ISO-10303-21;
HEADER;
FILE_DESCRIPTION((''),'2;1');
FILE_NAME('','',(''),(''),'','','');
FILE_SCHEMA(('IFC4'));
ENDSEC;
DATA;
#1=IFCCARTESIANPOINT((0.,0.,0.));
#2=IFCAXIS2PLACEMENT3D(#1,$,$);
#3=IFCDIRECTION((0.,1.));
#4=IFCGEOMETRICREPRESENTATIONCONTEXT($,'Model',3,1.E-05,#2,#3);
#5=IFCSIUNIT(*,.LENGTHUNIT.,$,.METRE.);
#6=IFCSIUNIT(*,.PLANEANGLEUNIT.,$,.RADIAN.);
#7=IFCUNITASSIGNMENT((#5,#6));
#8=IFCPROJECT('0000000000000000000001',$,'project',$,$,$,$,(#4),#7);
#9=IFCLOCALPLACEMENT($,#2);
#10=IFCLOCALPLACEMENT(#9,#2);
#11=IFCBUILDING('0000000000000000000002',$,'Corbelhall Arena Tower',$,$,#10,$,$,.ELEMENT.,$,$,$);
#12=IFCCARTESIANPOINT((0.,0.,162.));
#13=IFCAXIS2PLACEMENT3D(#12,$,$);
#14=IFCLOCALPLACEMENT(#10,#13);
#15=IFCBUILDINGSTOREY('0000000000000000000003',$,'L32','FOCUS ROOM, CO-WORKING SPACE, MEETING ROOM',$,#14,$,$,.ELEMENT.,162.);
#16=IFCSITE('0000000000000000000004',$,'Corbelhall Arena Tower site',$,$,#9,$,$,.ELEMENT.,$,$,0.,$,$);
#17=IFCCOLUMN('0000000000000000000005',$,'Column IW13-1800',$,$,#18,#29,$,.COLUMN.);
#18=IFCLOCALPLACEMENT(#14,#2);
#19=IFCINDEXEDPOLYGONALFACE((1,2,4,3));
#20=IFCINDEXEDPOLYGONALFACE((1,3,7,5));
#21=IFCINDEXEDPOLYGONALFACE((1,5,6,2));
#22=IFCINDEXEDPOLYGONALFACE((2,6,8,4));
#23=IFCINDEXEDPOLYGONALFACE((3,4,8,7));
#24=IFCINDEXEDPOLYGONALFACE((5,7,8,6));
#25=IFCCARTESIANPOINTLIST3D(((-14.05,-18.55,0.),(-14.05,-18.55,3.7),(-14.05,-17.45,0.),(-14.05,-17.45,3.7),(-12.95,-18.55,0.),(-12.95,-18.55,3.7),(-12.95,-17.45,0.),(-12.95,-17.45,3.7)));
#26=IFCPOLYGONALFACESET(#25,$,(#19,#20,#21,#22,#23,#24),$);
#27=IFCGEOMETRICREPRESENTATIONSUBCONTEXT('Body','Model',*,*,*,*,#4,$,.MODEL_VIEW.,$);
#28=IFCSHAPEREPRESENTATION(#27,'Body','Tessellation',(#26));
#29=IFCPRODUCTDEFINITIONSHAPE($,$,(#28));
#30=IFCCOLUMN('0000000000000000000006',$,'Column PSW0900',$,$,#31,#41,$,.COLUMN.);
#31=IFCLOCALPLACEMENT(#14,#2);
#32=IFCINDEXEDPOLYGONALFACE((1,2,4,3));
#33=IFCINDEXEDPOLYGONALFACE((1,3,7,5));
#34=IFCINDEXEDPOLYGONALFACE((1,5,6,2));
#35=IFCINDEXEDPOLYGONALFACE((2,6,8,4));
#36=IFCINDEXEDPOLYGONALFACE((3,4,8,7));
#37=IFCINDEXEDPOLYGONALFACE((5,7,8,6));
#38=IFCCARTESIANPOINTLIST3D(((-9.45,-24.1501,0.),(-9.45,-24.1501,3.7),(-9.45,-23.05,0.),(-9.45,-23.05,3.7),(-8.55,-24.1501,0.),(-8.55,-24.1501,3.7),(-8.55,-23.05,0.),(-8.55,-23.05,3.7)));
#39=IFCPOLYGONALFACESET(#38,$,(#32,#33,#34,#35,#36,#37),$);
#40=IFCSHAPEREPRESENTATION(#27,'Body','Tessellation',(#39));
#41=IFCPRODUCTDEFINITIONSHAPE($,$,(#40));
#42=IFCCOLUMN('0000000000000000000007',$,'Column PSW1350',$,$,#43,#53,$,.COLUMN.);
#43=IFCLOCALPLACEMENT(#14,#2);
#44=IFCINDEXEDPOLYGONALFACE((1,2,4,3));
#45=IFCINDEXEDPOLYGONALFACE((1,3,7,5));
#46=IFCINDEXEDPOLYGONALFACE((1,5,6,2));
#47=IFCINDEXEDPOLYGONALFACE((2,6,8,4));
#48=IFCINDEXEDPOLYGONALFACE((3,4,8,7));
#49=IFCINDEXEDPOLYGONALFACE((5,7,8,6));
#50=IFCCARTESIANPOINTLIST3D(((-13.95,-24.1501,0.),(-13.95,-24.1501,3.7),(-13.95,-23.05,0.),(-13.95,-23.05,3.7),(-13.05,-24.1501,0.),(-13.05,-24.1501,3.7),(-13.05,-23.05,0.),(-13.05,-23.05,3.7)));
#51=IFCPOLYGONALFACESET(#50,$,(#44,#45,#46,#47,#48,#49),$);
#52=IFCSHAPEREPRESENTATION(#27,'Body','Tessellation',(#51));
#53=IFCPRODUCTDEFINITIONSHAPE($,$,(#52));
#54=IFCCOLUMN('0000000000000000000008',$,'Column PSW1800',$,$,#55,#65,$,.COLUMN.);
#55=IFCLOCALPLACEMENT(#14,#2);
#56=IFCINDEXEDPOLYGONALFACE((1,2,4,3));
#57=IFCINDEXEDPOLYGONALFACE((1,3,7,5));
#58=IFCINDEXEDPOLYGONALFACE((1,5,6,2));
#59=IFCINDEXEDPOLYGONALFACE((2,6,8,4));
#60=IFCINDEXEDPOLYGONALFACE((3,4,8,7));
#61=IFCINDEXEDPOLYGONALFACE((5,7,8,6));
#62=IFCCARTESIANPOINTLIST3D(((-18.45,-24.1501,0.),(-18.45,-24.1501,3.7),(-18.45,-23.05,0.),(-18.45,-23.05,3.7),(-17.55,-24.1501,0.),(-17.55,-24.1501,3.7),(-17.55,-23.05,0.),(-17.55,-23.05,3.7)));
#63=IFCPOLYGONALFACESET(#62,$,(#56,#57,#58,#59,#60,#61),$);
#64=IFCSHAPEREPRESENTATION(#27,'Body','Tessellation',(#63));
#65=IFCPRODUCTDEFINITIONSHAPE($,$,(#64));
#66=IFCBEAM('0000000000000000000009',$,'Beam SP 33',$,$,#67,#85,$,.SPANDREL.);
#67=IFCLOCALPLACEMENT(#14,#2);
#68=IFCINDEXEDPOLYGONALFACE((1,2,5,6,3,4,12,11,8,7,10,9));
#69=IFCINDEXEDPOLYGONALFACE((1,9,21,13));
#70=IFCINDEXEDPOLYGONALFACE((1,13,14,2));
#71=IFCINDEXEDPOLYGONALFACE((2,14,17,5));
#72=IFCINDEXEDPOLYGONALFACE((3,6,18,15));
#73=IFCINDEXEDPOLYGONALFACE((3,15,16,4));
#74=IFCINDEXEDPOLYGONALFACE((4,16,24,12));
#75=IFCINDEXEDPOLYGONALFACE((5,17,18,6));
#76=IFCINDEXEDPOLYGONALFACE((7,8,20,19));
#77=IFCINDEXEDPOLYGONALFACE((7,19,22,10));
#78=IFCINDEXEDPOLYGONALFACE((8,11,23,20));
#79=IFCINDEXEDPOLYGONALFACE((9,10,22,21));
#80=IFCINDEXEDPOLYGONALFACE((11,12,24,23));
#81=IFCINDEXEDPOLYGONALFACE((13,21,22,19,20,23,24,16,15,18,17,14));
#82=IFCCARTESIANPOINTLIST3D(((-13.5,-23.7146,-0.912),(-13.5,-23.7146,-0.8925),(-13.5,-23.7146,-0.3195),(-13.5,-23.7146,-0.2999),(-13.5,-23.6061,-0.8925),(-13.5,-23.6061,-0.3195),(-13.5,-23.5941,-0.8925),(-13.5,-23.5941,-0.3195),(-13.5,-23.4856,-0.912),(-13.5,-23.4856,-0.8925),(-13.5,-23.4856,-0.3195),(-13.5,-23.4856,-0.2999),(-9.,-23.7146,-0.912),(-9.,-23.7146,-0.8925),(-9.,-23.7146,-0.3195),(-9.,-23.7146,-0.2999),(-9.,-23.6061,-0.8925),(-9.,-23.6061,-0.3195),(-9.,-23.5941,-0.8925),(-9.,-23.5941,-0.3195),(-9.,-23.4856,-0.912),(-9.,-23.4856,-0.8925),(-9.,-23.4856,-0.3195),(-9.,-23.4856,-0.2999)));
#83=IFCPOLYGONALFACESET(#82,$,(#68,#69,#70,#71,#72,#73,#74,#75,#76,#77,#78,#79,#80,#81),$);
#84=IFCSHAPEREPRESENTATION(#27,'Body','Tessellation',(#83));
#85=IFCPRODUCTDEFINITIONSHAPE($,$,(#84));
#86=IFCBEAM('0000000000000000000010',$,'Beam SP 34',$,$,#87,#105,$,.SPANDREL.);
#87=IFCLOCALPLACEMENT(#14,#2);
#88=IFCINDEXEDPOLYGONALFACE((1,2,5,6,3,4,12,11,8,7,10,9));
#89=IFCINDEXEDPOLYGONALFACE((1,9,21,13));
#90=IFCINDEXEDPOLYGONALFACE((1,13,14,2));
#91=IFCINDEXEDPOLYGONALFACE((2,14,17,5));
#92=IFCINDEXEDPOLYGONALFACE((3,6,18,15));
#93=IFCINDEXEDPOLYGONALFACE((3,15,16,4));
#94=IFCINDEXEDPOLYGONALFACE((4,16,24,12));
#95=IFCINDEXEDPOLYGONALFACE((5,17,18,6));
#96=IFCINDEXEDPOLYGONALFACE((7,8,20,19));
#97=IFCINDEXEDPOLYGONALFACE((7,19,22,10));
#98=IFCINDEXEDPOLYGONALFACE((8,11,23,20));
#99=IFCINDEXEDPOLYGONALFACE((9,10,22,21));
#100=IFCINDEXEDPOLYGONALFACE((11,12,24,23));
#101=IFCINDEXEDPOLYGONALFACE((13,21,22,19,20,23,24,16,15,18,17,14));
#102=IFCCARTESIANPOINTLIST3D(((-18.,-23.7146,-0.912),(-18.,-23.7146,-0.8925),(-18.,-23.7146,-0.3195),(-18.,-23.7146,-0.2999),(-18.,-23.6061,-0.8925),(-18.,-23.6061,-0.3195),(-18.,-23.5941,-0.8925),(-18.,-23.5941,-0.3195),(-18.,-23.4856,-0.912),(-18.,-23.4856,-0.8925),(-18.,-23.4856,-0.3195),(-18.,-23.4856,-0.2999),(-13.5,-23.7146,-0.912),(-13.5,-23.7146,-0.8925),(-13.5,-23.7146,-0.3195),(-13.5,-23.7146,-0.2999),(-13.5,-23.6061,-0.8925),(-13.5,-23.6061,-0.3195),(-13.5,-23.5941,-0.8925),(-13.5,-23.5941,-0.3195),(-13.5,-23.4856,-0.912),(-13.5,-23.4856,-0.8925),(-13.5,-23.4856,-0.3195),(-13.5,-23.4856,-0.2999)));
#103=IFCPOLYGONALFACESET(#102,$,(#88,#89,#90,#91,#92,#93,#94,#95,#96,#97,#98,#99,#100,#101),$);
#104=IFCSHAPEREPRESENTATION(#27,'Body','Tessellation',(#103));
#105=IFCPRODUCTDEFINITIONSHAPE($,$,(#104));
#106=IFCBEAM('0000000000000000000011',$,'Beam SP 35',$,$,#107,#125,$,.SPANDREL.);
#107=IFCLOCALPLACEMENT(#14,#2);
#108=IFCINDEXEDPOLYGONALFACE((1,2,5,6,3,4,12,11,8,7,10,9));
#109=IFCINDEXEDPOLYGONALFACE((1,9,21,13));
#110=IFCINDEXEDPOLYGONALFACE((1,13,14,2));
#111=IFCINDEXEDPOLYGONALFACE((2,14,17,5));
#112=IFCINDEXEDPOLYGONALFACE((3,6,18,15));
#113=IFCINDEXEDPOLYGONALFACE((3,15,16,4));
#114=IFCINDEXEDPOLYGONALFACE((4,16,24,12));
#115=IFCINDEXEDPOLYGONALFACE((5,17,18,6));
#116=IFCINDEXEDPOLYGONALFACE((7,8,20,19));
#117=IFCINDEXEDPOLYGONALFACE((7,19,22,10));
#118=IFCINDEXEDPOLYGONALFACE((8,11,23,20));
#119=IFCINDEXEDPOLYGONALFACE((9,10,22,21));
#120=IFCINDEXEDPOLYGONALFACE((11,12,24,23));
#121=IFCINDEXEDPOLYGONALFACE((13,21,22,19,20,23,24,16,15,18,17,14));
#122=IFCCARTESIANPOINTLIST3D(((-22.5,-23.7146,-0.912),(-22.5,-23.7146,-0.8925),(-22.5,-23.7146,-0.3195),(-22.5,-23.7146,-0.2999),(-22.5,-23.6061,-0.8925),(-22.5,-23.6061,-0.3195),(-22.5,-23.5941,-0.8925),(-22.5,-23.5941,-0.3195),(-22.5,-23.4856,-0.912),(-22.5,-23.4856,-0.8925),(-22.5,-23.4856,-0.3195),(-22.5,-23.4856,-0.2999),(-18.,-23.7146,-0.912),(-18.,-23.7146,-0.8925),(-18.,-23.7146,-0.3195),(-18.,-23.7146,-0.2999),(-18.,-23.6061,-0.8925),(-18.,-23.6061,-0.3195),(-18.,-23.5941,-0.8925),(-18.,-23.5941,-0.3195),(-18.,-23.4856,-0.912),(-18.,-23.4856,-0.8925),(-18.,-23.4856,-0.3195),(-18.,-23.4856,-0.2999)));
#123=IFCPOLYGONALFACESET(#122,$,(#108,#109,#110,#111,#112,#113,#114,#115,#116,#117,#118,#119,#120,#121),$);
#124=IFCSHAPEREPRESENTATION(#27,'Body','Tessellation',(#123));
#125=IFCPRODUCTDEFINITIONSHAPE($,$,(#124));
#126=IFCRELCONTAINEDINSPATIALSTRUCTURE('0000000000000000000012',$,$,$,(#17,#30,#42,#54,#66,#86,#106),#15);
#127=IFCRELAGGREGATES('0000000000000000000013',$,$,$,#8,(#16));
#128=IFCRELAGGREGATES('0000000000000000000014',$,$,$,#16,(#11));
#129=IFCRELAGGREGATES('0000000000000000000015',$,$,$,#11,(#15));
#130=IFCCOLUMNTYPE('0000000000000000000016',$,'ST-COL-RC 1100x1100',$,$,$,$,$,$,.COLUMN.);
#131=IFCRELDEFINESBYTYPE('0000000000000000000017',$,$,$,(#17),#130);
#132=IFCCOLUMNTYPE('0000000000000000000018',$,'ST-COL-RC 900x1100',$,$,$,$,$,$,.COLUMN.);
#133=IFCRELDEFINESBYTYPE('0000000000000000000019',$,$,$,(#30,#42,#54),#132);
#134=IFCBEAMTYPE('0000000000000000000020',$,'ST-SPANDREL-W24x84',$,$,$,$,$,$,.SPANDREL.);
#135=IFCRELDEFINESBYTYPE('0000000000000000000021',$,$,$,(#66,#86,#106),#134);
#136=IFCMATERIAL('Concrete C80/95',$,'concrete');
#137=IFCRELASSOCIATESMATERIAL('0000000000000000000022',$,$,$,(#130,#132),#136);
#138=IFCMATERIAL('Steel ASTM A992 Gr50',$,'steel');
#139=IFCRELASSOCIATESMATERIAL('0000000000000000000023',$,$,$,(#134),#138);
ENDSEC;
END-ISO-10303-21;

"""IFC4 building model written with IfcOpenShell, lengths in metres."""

from ifc_helpers import new_model, si_unit, direction, frame, origin, origin_2d, place, context, subcontext, project, spatial, rectangle, i_section, extrude, material, material_profile, profile_set, type_object, element, save


model = new_model("IFC4")

# Units and contexts
model_context = context("Model", 3, precision=1e-05, world=origin(), true_north=direction((0.0, 1.0)))
body_context = subcontext(model_context, "Body", "Model", "MODEL_VIEW")
ifc_project = project(units=[si_unit("LENGTHUNIT", "METRE"), si_unit("PLANEANGLEUNIT", "RADIAN")], contexts=[model_context])

# Site, building, storey
site_placement = place(None, origin())
site = spatial("IfcSite", under=ifc_project, at=site_placement, Name="Corbelhall Arena Tower site", CompositionType="ELEMENT", RefElevation=0.0)
building_placement = place(site_placement, origin())
building = spatial("IfcBuilding", under=site, at=building_placement, Name="Corbelhall Arena Tower", CompositionType="ELEMENT")
storey_placement = place(building_placement, frame((0.0, 0.0, 162.0)))
storey = spatial("IfcBuildingStorey", under=building, at=storey_placement, Name="L32", Description="FOCUS ROOM, CO-WORKING SPACE, MEETING ROOM", CompositionType="ELEMENT", Elevation=162.0)

# Columns
ifc_material_1 = material(Name="Concrete C80/95", Category="concrete")
ifc_material_profile_1 = material_profile(ifc_material_1, rectangle(XDim=1.1001, YDim=1.1001, at=origin_2d()))
ifc_profile_set_1 = profile_set([ifc_material_profile_1], Name="Concrete C80/95")
column_type_1 = type_object("IfcColumnType", Name="ST-COL-RC 1100x1100", PredefinedType="COLUMN", material=ifc_profile_set_1)
column_placement = place(storey_placement, frame((-13.5, -18.0, 0.0), z_axis=(0.0, 0.0, 1.0), x_axis=(1.0, 0.0, 0.0)))
element("IfcColumn", 1, at=column_placement, inside=storey, type_object=column_type_1, Name="Column IW13-1800", PredefinedType="COLUMN", context=body_context, shape_type="SweptSolid", body=[
    extrude(rectangle(XDim=1.1001, YDim=1.1001, at=origin_2d()), origin(), (0.0, 0.0, 1.0), 3.7),
])
ifc_material_profile_2 = material_profile(ifc_material_1, rectangle(XDim=0.8999, YDim=1.1001, at=origin_2d()))
ifc_profile_set_2 = profile_set([ifc_material_profile_2], Name="Concrete C80/95")
column_type_2 = type_object("IfcColumnType", Name="ST-COL-RC 900x1100", PredefinedType="COLUMN", material=ifc_profile_set_2)
for number, where, z_axis, x_axis, name in (
    (2, (-9.0, -23.6001, 0.0), (0.0, 0.0, 1.0), (1.0, 0.0, 0.0), "Column PSW0900"),
    (3, (-13.5, -23.6001, 0.0), (0.0, 0.0, 1.0), (1.0, 0.0, 0.0), "Column PSW1350"),
    (4, (-18.0, -23.6001, 0.0), (0.0, 0.0, 1.0), (1.0, 0.0, 0.0), "Column PSW1800"),
):
    element("IfcColumn", number, at=place(storey_placement, frame(where, z_axis=z_axis, x_axis=x_axis)), inside=storey, type_object=column_type_2, Name=name, PredefinedType="COLUMN", context=body_context, shape_type="SweptSolid", body=[
        extrude(rectangle(XDim=0.8999, YDim=1.1001, at=origin_2d()), origin(), (0.0, 0.0, 1.0), 3.7),
    ])

# Beams
ifc_material_2 = material(Name="Steel ASTM A992 Gr50", Category="steel")
ifc_material_profile_3 = material_profile(ifc_material_2, i_section(OverallWidth=0.229, OverallDepth=0.6121, WebThickness=0.012, FlangeThickness=0.0195, at=origin_2d()))
ifc_profile_set_3 = profile_set([ifc_material_profile_3], Name="Steel ASTM A992 Gr50")
beam_type = type_object("IfcBeamType", Name="ST-SPANDREL-W24x84", PredefinedType="SPANDREL", material=ifc_profile_set_3)
for number, where, z_axis, x_axis, name in (
    (5, (-9.0, -23.6001, -0.606), (-1.0, 0.0, 0.0), (0.0, -1.0, 0.0), "Beam SP 33"),
    (6, (-13.5, -23.6001, -0.606), (-1.0, 0.0, 0.0), (0.0, -1.0, 0.0), "Beam SP 34"),
    (7, (-18.0, -23.6001, -0.606), (-1.0, 0.0, 0.0), (0.0, -1.0, 0.0), "Beam SP 35"),
):
    element("IfcBeam", number, at=place(storey_placement, frame(where, z_axis=z_axis, x_axis=x_axis)), inside=storey, type_object=beam_type, Name=name, PredefinedType="SPANDREL", context=body_context, shape_type="SweptSolid", body=[
        extrude(i_section(OverallWidth=0.229, OverallDepth=0.6121, WebThickness=0.012, FlangeThickness=0.0195, at=origin_2d()), origin(), (0.0, 0.0, 1.0), 4.5),
    ])

save(model, "model.ifc")
